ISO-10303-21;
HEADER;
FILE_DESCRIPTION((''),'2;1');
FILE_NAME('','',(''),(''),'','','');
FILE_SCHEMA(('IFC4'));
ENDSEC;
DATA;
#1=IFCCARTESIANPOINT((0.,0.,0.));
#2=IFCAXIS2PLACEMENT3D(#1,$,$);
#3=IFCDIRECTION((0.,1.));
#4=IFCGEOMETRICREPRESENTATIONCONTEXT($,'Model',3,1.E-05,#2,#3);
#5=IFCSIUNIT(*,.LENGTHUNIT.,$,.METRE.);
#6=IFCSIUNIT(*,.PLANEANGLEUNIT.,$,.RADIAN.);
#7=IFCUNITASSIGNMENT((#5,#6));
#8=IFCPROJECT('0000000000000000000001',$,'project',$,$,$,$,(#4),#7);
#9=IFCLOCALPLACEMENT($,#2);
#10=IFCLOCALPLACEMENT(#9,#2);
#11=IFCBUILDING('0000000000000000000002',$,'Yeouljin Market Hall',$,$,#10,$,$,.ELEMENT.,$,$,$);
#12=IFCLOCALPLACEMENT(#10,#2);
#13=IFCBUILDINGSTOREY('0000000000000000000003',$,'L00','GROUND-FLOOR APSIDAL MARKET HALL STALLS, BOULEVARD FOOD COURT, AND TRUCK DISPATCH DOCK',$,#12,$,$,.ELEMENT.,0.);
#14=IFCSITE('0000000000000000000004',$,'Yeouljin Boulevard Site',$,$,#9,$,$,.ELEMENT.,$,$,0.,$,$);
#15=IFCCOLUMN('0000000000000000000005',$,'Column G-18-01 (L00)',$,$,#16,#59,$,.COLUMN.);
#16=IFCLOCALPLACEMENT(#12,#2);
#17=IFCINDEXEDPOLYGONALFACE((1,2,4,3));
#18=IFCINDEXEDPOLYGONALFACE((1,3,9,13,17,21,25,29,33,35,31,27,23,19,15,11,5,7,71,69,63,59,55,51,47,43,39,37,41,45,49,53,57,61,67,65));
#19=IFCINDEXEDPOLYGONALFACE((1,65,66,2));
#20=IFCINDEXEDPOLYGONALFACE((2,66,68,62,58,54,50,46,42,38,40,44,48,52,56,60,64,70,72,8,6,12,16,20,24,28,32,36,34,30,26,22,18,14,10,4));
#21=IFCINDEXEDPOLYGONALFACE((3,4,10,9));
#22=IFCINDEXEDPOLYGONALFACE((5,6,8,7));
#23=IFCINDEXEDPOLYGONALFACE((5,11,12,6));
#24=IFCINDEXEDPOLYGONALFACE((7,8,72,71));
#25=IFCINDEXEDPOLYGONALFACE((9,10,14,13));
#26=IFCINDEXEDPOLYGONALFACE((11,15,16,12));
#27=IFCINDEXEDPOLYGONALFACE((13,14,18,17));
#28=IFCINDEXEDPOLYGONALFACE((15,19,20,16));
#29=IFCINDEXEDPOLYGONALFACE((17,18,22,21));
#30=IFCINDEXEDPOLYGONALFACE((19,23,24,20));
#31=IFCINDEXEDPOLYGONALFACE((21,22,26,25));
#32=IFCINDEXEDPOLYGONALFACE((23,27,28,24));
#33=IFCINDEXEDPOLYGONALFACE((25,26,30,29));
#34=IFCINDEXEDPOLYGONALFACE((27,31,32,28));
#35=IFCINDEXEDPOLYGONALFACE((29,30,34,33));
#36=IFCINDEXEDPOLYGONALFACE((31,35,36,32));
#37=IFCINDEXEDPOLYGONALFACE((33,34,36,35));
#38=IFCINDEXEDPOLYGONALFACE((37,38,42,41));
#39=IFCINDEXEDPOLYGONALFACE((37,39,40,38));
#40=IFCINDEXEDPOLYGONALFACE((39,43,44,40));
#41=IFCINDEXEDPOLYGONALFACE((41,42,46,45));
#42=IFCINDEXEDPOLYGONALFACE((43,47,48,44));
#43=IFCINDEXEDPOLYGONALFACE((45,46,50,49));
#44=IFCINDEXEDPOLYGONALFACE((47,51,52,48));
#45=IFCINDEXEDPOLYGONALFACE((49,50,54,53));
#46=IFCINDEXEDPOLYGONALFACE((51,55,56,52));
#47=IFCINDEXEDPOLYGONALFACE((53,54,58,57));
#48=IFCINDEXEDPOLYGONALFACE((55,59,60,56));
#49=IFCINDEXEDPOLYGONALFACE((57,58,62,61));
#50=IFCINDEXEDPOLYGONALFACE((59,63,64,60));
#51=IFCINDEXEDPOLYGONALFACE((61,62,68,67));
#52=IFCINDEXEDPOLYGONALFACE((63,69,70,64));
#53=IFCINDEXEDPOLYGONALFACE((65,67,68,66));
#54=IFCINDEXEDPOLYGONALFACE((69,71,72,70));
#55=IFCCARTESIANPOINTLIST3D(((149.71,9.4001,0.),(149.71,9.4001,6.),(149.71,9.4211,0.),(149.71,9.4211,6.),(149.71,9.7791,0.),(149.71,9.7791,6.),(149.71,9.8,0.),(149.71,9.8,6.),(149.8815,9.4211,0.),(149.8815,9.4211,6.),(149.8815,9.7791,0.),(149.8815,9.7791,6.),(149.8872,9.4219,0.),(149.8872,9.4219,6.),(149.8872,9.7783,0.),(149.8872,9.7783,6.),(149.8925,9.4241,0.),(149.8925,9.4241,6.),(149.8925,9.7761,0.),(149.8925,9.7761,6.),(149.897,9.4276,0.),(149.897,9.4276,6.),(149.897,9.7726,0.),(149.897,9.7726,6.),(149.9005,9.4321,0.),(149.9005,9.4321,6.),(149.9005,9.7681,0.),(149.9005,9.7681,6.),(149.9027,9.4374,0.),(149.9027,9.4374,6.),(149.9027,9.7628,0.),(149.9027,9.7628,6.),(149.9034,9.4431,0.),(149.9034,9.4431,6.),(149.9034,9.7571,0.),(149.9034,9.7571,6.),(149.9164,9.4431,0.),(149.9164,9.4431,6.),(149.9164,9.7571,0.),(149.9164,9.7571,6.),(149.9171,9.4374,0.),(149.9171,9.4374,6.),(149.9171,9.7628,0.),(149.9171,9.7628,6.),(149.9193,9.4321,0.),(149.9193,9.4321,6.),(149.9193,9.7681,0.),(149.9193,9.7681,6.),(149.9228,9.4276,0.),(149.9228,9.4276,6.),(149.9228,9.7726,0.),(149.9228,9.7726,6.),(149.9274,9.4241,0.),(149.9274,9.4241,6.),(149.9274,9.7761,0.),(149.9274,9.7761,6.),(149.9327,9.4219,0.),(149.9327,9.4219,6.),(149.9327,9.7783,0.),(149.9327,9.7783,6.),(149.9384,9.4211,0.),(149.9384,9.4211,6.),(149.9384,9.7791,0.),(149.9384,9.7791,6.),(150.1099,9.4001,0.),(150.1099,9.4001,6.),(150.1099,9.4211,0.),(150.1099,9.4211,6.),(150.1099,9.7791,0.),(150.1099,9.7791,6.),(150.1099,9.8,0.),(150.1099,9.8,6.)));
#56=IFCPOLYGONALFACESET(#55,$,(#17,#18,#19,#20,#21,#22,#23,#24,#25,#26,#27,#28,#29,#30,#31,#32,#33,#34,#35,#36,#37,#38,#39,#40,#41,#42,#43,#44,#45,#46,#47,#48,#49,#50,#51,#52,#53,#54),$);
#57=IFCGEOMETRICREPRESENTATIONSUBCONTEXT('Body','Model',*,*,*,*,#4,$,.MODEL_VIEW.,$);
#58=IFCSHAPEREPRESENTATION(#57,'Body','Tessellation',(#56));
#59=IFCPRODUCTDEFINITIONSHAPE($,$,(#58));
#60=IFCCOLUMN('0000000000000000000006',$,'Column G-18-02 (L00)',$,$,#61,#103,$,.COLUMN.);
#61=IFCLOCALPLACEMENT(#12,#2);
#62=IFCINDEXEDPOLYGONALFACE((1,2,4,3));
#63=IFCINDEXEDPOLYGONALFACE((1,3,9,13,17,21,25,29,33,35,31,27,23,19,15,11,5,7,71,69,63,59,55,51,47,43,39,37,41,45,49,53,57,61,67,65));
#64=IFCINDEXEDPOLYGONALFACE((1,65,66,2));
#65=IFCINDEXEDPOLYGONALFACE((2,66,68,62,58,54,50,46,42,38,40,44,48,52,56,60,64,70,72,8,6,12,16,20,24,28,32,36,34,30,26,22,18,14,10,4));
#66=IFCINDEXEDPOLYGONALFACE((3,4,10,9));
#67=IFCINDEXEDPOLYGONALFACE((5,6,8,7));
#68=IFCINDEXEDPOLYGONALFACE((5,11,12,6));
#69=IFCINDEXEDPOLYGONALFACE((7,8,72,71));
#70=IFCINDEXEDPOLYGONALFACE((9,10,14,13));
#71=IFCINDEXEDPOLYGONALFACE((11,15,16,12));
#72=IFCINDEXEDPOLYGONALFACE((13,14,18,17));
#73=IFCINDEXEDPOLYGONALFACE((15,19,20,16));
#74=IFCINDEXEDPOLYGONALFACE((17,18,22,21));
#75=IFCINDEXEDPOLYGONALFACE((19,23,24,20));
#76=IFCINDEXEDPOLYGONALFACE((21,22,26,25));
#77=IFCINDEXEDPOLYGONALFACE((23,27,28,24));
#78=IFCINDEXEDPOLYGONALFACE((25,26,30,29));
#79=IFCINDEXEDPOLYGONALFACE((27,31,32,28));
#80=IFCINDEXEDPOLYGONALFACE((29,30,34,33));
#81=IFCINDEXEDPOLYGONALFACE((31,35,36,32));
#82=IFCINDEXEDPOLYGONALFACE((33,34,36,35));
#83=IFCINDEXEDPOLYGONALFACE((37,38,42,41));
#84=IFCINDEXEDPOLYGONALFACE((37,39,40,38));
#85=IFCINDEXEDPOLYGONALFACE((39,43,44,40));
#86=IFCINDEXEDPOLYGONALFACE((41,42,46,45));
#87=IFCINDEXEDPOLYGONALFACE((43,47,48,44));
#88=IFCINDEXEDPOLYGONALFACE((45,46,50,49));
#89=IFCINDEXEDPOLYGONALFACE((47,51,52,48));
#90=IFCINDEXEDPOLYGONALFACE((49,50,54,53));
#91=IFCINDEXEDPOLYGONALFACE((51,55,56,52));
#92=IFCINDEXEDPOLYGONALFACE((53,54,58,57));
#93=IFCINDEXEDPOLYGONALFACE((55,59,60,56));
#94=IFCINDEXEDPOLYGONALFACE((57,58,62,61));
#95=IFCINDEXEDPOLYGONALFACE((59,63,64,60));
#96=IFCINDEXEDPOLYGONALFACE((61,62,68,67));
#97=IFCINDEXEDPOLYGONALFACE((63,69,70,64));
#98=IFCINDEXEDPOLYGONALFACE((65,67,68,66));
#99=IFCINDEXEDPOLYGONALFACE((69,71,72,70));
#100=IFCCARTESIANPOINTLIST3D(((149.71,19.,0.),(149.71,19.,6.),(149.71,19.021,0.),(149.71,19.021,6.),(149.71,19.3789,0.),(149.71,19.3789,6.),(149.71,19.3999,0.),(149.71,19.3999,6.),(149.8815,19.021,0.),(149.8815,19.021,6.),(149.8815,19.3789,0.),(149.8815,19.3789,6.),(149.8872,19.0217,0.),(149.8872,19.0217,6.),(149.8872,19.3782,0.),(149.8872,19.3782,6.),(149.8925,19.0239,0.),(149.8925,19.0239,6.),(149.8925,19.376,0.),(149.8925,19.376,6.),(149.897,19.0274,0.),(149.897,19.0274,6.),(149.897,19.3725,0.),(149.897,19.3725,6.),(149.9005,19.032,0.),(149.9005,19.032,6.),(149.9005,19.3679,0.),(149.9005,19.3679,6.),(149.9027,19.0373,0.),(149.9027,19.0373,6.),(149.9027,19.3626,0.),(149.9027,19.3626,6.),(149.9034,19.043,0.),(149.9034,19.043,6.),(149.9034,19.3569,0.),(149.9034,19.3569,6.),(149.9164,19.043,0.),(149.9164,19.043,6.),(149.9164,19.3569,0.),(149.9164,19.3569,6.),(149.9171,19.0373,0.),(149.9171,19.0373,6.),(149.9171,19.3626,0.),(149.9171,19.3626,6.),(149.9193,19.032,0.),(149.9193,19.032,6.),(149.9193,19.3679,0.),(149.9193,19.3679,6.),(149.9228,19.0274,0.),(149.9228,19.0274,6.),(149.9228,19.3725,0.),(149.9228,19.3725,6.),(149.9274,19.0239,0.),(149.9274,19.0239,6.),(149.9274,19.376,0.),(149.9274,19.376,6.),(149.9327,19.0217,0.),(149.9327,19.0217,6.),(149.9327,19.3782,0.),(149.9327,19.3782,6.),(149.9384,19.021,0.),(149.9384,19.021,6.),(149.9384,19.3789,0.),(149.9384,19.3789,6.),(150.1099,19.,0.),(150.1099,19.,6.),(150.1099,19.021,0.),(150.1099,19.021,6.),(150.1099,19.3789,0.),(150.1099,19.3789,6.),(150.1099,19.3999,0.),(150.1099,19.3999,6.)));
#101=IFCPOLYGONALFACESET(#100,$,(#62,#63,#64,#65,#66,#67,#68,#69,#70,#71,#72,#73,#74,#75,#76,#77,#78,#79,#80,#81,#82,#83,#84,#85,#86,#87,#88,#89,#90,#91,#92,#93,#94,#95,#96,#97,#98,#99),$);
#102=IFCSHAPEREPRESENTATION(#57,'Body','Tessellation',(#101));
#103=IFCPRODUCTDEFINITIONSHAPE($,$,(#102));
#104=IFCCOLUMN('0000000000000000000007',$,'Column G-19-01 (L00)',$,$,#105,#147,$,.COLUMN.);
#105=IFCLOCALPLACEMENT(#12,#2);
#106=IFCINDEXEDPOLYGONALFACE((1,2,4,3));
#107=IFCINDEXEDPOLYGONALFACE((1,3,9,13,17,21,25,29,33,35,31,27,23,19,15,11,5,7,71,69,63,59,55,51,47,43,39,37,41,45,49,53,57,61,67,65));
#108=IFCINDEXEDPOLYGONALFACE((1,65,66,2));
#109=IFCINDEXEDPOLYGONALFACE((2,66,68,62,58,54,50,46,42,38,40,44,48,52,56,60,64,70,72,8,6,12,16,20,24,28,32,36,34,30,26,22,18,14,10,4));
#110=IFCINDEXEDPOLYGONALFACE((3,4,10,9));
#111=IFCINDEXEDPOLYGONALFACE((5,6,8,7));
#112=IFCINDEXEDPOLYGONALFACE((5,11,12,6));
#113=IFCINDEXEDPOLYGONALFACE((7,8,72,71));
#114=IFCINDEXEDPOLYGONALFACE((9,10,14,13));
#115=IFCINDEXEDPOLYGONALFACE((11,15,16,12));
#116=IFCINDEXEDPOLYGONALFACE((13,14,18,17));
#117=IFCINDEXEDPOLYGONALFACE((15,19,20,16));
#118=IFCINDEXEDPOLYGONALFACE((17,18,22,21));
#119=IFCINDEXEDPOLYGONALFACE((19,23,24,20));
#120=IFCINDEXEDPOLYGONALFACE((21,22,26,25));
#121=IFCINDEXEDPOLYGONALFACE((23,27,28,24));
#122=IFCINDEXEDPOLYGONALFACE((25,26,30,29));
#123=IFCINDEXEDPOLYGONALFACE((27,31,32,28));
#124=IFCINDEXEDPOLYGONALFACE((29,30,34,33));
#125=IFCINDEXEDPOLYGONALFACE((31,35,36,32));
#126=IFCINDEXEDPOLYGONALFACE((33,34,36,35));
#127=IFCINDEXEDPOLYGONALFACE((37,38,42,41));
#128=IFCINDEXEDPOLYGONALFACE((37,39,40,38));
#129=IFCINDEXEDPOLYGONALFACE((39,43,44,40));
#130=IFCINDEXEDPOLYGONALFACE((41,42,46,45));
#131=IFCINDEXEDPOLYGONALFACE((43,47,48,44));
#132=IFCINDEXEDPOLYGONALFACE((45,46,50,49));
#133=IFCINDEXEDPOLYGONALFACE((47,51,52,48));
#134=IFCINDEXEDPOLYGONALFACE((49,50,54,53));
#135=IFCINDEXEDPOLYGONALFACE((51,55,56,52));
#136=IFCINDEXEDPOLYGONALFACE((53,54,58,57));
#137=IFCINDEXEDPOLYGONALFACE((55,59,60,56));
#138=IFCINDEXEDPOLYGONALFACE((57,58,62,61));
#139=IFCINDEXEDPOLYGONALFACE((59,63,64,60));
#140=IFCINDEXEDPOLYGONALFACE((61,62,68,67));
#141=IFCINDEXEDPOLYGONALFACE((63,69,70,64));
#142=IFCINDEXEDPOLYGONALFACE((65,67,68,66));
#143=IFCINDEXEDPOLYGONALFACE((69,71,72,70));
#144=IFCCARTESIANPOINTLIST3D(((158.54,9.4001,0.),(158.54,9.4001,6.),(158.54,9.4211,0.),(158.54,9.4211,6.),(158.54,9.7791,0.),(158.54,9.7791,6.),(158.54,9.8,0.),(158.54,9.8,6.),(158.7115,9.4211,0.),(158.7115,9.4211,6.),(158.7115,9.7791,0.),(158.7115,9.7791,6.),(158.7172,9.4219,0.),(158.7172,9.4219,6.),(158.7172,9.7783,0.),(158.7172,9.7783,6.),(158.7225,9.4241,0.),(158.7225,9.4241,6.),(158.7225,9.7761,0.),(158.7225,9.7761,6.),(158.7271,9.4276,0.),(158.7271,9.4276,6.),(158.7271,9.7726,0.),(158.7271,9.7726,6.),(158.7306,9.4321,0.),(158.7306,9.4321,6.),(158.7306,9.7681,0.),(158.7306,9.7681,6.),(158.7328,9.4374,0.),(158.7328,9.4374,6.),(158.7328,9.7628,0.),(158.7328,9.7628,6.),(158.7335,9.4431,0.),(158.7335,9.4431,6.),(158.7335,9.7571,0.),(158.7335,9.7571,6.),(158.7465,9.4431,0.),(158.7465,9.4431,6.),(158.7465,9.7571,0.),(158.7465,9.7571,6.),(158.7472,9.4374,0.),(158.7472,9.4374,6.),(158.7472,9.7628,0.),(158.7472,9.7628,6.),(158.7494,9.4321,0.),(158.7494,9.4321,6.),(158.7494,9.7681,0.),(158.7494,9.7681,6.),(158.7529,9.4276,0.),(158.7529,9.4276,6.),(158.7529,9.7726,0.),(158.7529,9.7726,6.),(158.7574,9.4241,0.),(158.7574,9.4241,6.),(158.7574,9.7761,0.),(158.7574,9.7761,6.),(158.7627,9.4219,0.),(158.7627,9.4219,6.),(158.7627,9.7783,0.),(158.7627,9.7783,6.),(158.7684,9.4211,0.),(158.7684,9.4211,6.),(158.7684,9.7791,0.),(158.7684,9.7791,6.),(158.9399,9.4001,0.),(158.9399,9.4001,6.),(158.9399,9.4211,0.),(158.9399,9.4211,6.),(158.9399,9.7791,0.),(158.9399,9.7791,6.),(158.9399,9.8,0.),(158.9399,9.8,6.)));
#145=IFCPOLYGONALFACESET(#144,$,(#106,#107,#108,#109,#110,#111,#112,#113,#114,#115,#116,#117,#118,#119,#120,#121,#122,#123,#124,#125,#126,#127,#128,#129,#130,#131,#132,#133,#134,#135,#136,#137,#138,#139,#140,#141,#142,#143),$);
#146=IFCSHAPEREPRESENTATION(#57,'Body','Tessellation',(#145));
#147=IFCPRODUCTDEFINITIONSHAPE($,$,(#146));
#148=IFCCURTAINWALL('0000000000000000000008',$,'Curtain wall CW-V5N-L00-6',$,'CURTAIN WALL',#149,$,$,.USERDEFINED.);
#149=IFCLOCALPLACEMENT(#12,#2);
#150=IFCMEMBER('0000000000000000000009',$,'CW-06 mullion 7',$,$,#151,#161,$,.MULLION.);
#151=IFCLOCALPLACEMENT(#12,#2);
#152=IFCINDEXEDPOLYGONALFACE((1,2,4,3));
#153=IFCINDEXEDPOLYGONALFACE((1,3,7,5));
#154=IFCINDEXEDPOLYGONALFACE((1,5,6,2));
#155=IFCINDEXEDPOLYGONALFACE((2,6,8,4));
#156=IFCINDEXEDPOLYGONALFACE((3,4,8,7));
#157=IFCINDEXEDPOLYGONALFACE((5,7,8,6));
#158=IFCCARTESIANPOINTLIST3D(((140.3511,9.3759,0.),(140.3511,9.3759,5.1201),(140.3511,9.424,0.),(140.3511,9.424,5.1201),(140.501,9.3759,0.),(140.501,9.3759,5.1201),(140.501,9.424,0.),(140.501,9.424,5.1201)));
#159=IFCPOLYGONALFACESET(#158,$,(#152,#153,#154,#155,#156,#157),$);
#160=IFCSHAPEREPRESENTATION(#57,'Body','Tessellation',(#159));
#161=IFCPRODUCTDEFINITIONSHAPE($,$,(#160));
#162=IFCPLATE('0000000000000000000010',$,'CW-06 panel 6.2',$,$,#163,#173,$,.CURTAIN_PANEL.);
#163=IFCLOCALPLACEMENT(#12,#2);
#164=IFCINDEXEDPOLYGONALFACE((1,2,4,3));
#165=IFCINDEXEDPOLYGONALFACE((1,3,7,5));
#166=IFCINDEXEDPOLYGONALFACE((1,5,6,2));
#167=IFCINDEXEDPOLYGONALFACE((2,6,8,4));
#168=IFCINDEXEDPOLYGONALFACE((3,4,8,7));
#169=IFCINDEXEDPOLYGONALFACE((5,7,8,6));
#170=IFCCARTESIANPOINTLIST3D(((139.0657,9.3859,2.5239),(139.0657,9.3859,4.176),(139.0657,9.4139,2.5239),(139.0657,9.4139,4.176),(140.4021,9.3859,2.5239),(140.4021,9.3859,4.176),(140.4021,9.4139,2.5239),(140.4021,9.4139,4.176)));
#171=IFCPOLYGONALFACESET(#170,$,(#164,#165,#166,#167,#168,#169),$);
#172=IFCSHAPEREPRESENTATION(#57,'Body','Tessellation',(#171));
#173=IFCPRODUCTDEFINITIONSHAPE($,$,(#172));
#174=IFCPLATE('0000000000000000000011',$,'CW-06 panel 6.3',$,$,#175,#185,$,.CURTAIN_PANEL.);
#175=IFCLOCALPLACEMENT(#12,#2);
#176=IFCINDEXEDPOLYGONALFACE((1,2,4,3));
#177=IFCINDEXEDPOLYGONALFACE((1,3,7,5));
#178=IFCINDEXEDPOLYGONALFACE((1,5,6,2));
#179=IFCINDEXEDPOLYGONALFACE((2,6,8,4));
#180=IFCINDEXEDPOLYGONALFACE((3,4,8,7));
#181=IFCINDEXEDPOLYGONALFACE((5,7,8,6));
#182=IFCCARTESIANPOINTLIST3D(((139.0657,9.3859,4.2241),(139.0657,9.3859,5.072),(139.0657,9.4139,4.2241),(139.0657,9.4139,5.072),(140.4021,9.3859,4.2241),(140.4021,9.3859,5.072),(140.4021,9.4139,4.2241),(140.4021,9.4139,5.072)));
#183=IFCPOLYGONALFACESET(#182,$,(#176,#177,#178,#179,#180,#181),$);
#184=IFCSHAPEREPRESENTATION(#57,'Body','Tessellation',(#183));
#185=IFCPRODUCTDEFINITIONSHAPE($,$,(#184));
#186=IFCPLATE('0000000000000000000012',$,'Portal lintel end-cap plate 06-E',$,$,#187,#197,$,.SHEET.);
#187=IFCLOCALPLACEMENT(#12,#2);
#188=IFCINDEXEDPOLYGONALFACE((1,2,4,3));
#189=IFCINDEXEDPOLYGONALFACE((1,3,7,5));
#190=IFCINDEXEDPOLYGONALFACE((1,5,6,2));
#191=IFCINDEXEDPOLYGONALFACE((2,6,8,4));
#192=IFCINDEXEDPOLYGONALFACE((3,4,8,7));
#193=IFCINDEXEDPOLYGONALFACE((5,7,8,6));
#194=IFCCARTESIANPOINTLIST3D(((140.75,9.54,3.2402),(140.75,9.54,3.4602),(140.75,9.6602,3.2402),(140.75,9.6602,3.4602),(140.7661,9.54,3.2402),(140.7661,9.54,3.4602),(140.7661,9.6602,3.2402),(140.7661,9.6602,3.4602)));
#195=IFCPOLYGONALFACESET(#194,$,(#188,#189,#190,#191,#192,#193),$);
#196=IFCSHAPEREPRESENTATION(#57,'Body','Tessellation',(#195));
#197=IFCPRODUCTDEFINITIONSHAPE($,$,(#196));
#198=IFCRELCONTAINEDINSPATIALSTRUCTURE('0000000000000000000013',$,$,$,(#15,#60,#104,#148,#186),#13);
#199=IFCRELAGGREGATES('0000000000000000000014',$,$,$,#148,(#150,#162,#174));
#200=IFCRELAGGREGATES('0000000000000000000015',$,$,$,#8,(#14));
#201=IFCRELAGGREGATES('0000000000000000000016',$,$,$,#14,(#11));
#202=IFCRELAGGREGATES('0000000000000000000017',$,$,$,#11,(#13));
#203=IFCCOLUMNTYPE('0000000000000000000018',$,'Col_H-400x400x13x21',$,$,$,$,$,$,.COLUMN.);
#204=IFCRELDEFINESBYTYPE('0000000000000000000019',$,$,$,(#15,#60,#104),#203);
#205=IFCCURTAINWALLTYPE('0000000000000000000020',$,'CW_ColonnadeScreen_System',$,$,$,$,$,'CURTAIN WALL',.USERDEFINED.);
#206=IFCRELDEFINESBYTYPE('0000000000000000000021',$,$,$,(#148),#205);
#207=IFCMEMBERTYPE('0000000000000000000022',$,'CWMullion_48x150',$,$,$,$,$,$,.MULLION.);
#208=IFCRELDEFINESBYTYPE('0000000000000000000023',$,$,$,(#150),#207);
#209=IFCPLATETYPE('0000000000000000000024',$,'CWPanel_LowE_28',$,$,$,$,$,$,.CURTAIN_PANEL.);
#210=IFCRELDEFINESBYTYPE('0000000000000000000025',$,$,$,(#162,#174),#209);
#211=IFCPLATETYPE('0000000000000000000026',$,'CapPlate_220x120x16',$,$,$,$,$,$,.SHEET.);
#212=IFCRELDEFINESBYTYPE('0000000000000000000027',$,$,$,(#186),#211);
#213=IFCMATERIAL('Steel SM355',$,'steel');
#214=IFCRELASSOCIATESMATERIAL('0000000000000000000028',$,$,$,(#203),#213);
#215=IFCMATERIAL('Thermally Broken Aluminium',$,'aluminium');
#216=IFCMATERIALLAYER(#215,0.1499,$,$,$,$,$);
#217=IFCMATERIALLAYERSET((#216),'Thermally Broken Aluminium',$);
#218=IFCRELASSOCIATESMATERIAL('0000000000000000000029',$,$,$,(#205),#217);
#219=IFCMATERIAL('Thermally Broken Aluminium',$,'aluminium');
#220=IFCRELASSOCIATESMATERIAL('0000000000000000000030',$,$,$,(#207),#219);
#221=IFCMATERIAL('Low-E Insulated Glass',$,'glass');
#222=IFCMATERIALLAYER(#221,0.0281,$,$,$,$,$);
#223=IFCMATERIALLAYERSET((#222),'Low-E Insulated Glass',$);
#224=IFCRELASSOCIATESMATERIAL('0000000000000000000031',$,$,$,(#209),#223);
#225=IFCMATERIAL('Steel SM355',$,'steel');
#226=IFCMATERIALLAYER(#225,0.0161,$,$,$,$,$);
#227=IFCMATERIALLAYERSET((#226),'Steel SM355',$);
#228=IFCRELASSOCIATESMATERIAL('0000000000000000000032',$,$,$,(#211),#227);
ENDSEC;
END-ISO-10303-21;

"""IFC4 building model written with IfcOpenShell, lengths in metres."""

from ifc_helpers import new_model, si_unit, direction, frame, origin, origin_2d, place, context, subcontext, project, spatial, rectangle, i_section, extrude, material, layer, layer_set, material_profile, profile_set, type_object, element, aggregate, save


model = new_model("IFC4")

# Units and contexts
model_context = context("Model", 3, precision=1e-05, world=origin(), true_north=direction((0.0, 1.0)))
body_context = subcontext(model_context, "Body", "Model", "MODEL_VIEW")
ifc_project = project(units=[si_unit("LENGTHUNIT", "METRE"), si_unit("PLANEANGLEUNIT", "RADIAN")], contexts=[model_context])

# Site, building, storey
site_placement = place(None, origin())
site = spatial("IfcSite", under=ifc_project, at=site_placement, Name="Yeouljin Boulevard Site", CompositionType="ELEMENT", RefElevation=0.0)
building_placement = place(site_placement, origin())
building = spatial("IfcBuilding", under=site, at=building_placement, Name="Yeouljin Market Hall", CompositionType="ELEMENT")
storey_placement = place(building_placement, origin())
storey = spatial("IfcBuildingStorey", under=building, at=storey_placement, Name="L00", Description="GROUND-FLOOR APSIDAL MARKET HALL STALLS, BOULEVARD FOOD COURT, AND TRUCK DISPATCH DOCK", CompositionType="ELEMENT", Elevation=0.0)

# Columns
ifc_material_1 = material(Name="Steel SM355", Category="steel")
ifc_material_profile_1 = material_profile(ifc_material_1, i_section(OverallWidth=0.3999, OverallDepth=0.3999, WebThickness=0.0129, FlangeThickness=0.021, FilletRadius=0.022, at=origin_2d()), Name="H-400x400x13x21")
ifc_profile_set_1 = profile_set([ifc_material_profile_1], Name="Steel SM355")
column_type_1 = type_object("IfcColumnType", Name="Col_H-400x400x13x21", PredefinedType="COLUMN", material=ifc_profile_set_1)
for number, where, z_axis, x_axis, name in (
    (1, (149.9099, 9.6001, 0.0), (0.0, 0.0, 1.0), (1.0, 0.0, 0.0), "Column G-18-01 (L00)"),
    (2, (149.9099, 19.2, 0.0), (0.0, 0.0, 1.0), (1.0, 0.0, 0.0), "Column G-18-02 (L00)"),
    (3, (158.74, 9.6001, 0.0), (0.0, 0.0, 1.0), (1.0, 0.0, 0.0), "Column G-19-01 (L00)"),
):
    element("IfcColumn", number, at=place(storey_placement, frame(where, z_axis=z_axis, x_axis=x_axis)), inside=storey, type_object=column_type_1, Name=name, PredefinedType="COLUMN", context=body_context, shape_type="SweptSolid", body=[
        extrude(i_section(OverallWidth=0.3999, OverallDepth=0.3999, WebThickness=0.0129, FlangeThickness=0.021, FilletRadius=0.022, at=origin_2d()), origin(), (0.0, 0.0, 1.0), 6.0),
    ])

# Curtain wall, member, plates
ifc_material_2 = material(Name="Thermally Broken Aluminium", Category="aluminium")
ifc_layer_1 = layer(ifc_material_2, 0.1499)
ifc_layer_set_1 = layer_set([ifc_layer_1], Name="Thermally Broken Aluminium")
curtain_wall_type = type_object("IfcCurtainWallType", Name="CW_ColonnadeScreen_System", ElementType="CURTAIN WALL", PredefinedType="USERDEFINED", material=ifc_layer_set_1)
curtain_wall_placement = place(storey_placement, origin())
curtain_wall = element("IfcCurtainWall", 4, at=curtain_wall_placement, inside=storey, type_object=curtain_wall_type, Name="Curtain wall CW-V5N-L00-6", ObjectType="CURTAIN WALL", PredefinedType="USERDEFINED")
ifc_material_3 = material(Name="Thermally Broken Aluminium", Category="aluminium")
ifc_material_profile_2 = material_profile(ifc_material_3, rectangle(XDim=0.0481, YDim=0.1499, at=origin_2d()), Name="CW-MULL-48x150")
ifc_profile_set_2 = profile_set([ifc_material_profile_2], Name="Thermally Broken Aluminium")
member_type = type_object("IfcMemberType", Name="CWMullion_48x150", PredefinedType="MULLION", material=ifc_profile_set_2)
member_placement = place(storey_placement, frame((140.426, 9.3999, 0.0), z_axis=(0.0, 0.0, 1.0), x_axis=(0.0, 1.0, 0.0)))
member = element("IfcMember", 5, at=member_placement, type_object=member_type, Name="CW-06 mullion 7", PredefinedType="MULLION", context=body_context, shape_type="SweptSolid", body=[
    extrude(rectangle(XDim=0.0481, YDim=0.1499, at=origin_2d()), origin(), (0.0, 0.0, 1.0), 5.1201),
])
ifc_material_4 = material(Name="Low-E Insulated Glass", Category="glass")
ifc_layer_2 = layer(ifc_material_4, 0.0281)
ifc_layer_set_2 = layer_set([ifc_layer_2], Name="Low-E Insulated Glass")
plate_type_1 = type_object("IfcPlateType", Name="CWPanel_LowE_28", PredefinedType="CURTAIN_PANEL", material=ifc_layer_set_2)
plate_1_placement = place(storey_placement, frame((139.7339, 9.3999, 2.5239), z_axis=(0.0, 0.0, 1.0), x_axis=(1.0, 0.0, 0.0)))
plate_1 = element("IfcPlate", 6, at=plate_1_placement, type_object=plate_type_1, Name="CW-06 panel 6.2", PredefinedType="CURTAIN_PANEL", context=body_context, shape_type="SweptSolid", body=[
    extrude(rectangle(XDim=1.3364, YDim=0.0281, at=origin_2d()), origin(), (0.0, 0.0, 1.0), 1.6521),
])
plate_2_placement = place(storey_placement, frame((139.7339, 9.3999, 4.2241), z_axis=(0.0, 0.0, 1.0), x_axis=(1.0, 0.0, 0.0)))
plate_2 = element("IfcPlate", 7, at=plate_2_placement, type_object=plate_type_1, Name="CW-06 panel 6.3", PredefinedType="CURTAIN_PANEL", context=body_context, shape_type="SweptSolid", body=[
    extrude(rectangle(XDim=1.3364, YDim=0.0281, at=origin_2d()), origin(), (0.0, 0.0, 1.0), 0.8479),
])
aggregate(curtain_wall, [member, plate_1, plate_2])

# Plate
ifc_material_5 = material(Name="Steel SM355", Category="steel")
ifc_layer_3 = layer(ifc_material_5, 0.0161)
ifc_layer_set_3 = layer_set([ifc_layer_3], Name="Steel SM355")
plate_type_2 = type_object("IfcPlateType", Name="CapPlate_220x120x16", PredefinedType="SHEET", material=ifc_layer_set_3)
plate_3_placement = place(storey_placement, frame((140.7581, 9.6001, 3.2402), z_axis=(0.0, 0.0, 1.0), x_axis=(0.0, 1.0, 0.0)))
element("IfcPlate", 8, at=plate_3_placement, inside=storey, type_object=plate_type_2, Name="Portal lintel end-cap plate 06-E", PredefinedType="SHEET", context=body_context, shape_type="SweptSolid", body=[
    extrude(rectangle(XDim=0.1201, YDim=0.0161, at=origin_2d()), origin(), (0.0, 0.0, 1.0), 0.22),
])

save(model, "model.ifc")
